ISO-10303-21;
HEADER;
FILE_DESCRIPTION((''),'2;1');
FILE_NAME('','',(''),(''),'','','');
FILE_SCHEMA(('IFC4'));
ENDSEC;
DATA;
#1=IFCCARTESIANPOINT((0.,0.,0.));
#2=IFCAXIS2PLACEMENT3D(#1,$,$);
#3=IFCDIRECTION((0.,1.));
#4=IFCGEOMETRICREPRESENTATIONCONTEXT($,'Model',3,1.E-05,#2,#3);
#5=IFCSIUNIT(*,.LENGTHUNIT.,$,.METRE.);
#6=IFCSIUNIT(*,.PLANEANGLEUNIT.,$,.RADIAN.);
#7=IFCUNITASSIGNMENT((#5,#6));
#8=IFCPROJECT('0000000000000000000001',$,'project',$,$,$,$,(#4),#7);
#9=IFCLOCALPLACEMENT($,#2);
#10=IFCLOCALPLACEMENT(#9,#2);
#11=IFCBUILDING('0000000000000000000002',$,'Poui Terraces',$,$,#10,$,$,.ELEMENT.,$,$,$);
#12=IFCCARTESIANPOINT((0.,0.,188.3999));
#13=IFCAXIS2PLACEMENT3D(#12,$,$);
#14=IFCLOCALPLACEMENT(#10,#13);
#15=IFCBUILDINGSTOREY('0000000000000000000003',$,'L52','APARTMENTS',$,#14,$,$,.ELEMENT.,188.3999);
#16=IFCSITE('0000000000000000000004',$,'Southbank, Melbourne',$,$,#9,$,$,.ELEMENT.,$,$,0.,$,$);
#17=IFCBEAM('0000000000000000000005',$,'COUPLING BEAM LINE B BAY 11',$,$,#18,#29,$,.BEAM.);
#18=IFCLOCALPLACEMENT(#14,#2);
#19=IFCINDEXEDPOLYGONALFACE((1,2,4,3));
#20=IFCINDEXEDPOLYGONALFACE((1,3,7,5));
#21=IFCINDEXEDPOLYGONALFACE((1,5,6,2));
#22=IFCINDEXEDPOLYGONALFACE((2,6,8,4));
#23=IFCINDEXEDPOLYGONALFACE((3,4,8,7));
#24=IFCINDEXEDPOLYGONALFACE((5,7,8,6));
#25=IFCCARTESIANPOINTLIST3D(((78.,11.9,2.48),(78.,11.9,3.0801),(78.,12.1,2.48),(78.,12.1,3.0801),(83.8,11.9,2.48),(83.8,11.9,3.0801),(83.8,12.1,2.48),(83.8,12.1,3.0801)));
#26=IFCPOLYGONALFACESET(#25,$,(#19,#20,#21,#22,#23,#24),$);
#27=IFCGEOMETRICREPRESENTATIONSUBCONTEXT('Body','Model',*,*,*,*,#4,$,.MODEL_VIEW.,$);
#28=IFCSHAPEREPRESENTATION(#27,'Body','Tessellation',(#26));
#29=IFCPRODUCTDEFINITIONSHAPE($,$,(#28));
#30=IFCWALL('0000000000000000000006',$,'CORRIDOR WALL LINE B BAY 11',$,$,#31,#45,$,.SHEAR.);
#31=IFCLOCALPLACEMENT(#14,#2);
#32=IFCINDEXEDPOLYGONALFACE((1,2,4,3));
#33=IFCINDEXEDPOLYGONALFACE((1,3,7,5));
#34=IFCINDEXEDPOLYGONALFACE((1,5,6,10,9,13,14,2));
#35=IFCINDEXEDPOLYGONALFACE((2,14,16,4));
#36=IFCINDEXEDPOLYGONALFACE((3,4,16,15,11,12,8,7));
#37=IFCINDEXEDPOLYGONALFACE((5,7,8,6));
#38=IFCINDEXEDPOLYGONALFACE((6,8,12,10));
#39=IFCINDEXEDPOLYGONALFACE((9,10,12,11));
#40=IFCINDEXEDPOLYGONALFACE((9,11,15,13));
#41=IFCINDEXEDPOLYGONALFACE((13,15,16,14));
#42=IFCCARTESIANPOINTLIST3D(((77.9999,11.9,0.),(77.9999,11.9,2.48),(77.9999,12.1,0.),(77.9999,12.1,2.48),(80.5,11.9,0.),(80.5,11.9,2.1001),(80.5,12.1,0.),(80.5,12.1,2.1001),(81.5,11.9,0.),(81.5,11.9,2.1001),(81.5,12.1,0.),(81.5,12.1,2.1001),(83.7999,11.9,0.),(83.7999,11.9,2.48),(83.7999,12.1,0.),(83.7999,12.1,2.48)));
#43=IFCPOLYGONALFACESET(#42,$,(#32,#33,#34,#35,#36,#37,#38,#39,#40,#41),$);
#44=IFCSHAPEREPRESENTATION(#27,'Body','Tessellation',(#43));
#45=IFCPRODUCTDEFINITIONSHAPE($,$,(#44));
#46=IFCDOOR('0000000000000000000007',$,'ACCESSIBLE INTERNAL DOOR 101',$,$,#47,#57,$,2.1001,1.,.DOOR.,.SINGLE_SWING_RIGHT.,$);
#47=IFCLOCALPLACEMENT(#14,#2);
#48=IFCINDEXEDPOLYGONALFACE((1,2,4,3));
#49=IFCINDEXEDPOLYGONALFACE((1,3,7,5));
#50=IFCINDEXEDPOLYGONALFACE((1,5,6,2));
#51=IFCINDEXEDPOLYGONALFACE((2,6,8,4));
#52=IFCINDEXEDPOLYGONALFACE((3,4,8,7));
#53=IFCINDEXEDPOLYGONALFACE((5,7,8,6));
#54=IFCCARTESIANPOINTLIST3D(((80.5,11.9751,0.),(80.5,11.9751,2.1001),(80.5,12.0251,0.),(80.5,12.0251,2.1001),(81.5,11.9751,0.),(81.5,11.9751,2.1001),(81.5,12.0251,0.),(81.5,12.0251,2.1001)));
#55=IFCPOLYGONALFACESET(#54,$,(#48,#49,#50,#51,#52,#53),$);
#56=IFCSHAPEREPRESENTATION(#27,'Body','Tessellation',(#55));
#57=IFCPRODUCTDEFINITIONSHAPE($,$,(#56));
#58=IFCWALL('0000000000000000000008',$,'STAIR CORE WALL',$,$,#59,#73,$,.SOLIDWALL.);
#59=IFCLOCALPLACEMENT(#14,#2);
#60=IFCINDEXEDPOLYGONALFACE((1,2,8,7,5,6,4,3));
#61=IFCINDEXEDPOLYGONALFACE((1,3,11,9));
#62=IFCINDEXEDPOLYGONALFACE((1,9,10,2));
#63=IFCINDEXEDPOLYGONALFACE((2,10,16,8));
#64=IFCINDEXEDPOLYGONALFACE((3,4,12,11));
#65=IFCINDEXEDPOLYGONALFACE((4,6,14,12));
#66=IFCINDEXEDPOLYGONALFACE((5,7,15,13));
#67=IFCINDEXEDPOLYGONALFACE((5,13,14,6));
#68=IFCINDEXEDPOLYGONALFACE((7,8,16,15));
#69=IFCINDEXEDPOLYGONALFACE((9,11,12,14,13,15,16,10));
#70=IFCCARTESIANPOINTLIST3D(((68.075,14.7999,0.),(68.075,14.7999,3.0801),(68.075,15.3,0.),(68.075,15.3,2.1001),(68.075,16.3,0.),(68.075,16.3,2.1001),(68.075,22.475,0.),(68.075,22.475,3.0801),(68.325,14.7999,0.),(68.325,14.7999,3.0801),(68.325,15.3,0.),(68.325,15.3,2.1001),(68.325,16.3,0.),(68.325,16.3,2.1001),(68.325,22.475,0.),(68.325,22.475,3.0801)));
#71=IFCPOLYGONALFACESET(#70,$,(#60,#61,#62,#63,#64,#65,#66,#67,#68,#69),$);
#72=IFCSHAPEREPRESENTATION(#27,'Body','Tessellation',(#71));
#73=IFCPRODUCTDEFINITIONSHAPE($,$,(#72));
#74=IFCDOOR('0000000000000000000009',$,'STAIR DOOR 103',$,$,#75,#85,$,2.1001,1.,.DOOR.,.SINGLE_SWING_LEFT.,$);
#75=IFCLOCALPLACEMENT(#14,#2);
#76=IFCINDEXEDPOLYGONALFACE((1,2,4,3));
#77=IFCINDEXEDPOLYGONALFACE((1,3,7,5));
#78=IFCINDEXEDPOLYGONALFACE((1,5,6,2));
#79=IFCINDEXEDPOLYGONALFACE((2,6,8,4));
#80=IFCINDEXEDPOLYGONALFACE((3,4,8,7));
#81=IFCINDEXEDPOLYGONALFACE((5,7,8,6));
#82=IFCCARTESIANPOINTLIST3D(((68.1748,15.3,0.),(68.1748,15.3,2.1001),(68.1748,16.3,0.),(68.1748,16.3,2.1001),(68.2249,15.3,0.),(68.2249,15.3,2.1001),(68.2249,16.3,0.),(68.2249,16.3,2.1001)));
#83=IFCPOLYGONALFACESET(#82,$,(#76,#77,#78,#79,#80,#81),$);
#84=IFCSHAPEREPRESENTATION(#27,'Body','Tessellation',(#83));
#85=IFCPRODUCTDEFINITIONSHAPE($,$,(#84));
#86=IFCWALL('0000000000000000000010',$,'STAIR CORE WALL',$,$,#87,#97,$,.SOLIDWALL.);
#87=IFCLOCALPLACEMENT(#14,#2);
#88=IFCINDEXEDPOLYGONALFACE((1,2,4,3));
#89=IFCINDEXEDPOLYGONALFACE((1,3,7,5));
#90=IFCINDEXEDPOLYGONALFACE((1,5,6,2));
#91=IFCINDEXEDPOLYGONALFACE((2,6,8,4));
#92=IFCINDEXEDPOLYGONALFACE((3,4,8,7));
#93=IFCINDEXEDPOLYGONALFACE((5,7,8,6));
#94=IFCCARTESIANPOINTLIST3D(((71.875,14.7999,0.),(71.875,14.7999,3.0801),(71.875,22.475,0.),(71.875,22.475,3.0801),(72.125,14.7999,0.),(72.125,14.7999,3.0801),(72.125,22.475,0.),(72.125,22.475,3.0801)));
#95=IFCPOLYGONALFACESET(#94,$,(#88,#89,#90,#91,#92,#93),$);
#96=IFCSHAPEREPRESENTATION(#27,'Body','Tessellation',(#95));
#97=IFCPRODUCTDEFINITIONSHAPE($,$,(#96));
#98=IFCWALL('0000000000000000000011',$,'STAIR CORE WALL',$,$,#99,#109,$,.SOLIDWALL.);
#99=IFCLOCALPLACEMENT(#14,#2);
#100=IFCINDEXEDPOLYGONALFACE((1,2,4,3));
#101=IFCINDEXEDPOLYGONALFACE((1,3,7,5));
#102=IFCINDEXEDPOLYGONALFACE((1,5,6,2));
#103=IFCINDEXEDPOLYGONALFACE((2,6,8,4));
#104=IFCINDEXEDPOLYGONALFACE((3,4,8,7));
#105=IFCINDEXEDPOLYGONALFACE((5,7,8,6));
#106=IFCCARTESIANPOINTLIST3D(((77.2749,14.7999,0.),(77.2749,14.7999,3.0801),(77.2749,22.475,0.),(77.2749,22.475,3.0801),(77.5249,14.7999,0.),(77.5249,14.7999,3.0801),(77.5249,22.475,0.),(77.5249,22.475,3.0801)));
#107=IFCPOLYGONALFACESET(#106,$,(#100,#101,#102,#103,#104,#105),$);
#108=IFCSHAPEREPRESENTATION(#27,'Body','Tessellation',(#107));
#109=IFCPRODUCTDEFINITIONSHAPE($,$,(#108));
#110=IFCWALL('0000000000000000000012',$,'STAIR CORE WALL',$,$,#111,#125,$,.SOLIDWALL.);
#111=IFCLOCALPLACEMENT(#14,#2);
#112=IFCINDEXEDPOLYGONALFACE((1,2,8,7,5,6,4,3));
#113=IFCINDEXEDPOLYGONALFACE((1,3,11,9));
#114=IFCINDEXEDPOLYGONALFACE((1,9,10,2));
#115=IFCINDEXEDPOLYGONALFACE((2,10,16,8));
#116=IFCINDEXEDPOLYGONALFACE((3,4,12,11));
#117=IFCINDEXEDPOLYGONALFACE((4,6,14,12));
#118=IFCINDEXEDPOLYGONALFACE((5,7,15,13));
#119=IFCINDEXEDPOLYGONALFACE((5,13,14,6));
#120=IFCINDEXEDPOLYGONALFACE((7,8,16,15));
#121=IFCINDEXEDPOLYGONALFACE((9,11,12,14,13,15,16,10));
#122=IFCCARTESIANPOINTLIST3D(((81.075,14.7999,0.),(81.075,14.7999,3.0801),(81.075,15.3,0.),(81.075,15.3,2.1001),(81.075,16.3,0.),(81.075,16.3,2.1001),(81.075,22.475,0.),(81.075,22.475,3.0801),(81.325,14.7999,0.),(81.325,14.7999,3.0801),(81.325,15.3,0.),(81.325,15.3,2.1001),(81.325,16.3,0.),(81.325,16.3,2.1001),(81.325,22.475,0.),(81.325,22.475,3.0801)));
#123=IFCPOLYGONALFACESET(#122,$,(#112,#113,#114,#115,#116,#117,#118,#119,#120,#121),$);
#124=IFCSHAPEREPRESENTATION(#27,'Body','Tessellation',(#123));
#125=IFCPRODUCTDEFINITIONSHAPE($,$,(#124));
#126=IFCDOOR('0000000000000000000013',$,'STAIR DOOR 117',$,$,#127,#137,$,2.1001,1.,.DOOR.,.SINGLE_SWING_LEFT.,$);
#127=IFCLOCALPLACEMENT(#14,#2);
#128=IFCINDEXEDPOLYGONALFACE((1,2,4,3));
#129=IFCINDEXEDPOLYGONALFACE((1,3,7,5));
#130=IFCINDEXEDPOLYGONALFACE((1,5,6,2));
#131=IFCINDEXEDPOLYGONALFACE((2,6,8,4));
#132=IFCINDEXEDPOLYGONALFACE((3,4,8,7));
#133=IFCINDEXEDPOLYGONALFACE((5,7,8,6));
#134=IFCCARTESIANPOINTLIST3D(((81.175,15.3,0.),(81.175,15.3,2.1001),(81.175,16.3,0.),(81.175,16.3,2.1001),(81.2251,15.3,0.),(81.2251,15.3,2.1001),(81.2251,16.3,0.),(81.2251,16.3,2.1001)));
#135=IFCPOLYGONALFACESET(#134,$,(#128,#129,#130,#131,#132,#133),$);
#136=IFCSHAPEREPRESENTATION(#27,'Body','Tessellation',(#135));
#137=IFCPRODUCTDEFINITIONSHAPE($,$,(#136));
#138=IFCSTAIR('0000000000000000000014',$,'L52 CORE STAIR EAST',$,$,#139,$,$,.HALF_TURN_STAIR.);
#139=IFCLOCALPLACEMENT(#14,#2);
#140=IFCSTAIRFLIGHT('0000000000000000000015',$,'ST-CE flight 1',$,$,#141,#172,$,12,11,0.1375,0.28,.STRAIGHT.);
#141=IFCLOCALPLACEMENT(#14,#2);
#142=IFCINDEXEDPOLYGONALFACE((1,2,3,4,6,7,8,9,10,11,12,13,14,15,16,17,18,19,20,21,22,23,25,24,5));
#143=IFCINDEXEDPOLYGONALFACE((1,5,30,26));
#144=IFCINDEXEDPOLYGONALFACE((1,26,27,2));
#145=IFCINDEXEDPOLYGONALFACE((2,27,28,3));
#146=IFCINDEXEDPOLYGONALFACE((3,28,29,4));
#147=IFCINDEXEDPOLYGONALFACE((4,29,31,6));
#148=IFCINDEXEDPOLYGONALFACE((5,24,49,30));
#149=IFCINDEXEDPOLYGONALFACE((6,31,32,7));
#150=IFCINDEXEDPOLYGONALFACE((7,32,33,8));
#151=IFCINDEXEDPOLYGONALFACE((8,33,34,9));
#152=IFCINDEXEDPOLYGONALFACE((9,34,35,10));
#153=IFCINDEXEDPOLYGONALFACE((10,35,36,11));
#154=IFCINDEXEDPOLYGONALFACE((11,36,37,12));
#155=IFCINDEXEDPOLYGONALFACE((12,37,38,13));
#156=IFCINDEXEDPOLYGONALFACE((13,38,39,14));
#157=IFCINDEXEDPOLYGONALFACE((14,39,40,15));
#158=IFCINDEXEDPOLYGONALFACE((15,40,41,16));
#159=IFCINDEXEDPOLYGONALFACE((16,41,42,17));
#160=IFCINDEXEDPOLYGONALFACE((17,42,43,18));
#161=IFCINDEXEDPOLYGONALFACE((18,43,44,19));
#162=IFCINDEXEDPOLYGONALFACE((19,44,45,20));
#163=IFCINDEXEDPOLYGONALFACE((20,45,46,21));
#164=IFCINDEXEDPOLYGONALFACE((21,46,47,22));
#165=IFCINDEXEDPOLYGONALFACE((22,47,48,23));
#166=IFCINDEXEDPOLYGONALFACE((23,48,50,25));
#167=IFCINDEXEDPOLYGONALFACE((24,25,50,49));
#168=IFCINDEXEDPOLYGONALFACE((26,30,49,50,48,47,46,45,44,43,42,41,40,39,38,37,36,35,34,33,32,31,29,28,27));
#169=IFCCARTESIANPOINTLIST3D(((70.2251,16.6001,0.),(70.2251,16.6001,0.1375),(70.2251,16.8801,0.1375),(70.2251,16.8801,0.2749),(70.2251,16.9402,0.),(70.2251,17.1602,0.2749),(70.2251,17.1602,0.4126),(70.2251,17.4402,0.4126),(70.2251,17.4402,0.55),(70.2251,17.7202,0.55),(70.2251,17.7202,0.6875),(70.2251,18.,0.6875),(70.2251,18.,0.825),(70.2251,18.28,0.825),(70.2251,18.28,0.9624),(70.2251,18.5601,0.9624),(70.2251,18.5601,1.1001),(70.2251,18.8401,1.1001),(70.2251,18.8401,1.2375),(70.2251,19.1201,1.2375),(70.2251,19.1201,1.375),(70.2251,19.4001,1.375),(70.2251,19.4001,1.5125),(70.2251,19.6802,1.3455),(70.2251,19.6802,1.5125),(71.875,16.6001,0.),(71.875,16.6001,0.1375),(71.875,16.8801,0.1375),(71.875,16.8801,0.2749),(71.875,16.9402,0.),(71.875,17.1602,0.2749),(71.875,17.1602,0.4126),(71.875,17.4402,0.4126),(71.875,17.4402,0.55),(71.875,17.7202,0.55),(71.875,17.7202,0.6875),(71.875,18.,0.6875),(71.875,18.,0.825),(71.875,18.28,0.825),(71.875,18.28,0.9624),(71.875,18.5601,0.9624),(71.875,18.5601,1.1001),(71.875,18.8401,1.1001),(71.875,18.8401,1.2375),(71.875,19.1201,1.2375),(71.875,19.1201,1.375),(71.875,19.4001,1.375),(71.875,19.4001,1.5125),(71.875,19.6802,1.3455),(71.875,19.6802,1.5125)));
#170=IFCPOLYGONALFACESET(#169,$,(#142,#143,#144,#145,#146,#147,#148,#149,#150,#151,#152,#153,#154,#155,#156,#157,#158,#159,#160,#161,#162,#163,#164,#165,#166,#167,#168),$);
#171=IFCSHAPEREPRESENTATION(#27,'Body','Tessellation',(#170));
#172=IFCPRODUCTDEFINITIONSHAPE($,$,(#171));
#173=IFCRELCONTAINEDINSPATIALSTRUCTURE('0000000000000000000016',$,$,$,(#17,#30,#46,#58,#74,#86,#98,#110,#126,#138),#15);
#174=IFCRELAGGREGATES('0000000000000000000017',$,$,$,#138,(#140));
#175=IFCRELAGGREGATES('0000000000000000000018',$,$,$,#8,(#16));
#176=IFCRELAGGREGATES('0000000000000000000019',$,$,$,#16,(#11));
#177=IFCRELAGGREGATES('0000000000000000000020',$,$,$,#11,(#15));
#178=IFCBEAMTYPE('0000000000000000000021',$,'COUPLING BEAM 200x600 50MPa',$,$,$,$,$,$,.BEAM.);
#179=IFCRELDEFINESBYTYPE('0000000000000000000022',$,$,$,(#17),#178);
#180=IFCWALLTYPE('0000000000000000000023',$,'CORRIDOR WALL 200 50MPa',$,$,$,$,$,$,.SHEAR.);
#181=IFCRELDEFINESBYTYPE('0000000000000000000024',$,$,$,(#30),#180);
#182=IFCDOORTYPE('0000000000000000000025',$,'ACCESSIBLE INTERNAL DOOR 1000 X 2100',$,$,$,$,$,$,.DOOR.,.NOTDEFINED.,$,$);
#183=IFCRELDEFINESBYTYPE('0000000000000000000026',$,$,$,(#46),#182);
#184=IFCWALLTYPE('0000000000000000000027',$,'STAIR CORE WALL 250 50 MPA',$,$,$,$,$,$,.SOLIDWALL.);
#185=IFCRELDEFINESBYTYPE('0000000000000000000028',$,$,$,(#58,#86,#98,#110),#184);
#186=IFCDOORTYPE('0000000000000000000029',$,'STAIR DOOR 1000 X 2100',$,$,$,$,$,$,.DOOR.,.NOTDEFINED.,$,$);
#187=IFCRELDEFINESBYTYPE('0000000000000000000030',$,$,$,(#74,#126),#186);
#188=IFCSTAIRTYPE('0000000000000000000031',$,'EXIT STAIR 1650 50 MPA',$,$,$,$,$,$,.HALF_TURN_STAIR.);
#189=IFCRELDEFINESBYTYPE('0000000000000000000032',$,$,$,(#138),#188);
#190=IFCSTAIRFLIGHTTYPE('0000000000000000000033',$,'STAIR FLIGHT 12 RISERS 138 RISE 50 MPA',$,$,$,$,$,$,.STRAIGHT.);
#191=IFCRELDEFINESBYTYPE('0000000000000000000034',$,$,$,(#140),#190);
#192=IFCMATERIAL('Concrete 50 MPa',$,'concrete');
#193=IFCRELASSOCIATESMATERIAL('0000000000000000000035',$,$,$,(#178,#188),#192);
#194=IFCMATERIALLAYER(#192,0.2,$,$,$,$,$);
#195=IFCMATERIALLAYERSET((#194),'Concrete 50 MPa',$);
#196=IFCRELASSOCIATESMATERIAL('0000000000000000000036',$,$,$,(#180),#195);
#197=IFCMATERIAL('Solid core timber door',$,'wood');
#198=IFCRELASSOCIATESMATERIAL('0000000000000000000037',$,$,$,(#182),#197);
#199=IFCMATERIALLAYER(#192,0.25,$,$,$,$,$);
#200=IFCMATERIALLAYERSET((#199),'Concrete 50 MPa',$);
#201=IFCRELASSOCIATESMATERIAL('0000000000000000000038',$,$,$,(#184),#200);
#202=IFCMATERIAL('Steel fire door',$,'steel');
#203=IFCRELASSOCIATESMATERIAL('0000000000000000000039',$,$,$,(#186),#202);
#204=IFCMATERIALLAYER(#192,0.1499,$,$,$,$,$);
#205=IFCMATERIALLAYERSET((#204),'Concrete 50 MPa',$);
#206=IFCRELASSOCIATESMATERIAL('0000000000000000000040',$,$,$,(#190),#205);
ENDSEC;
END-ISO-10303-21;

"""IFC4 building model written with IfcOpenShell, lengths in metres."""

from ifc_helpers import new_model, si_unit, direction, frame, frame_2d, origin, origin_2d, place, context, subcontext, project, spatial, polyline, rectangle, outline, extrude, source, transform, mapped, material, layer, layer_set, material_profile, profile_set, type_object, element, fill, aggregate, save


model = new_model("IFC4")

# Units and contexts
model_context = context("Model", 3, precision=1e-05, world=origin(), true_north=direction((0.0, 1.0)))
body_context = subcontext(model_context, "Body", "Model", "MODEL_VIEW")
ifc_project = project(units=[si_unit("LENGTHUNIT", "METRE"), si_unit("PLANEANGLEUNIT", "RADIAN")], contexts=[model_context])

# Site, building, storey
site_placement = place(None, origin())
site = spatial("IfcSite", under=ifc_project, at=site_placement, Name="Southbank, Melbourne", CompositionType="ELEMENT", RefElevation=0.0)
building_placement = place(site_placement, origin())
building = spatial("IfcBuilding", under=site, at=building_placement, Name="Poui Terraces", CompositionType="ELEMENT")
storey_placement = place(building_placement, frame((0.0, 0.0, 188.3999)))
storey = spatial("IfcBuildingStorey", under=building, at=storey_placement, Name="L52", Description="APARTMENTS", CompositionType="ELEMENT", Elevation=188.3999)

# Beam
ifc_material_1 = material(Name="Concrete 50 MPa", Category="concrete")
ifc_material_profile = material_profile(ifc_material_1, rectangle(XDim=0.2, YDim=0.6001, at=origin_2d()), Name="RC 200x600")
ifc_profile_set = profile_set([ifc_material_profile], Name="Concrete 50 MPa")
beam_type = type_object("IfcBeamType", Name="COUPLING BEAM 200x600 50MPa", PredefinedType="BEAM", material=ifc_profile_set)
shared_shape = source(origin(), body_context, "Body", "SweptSolid", [
    extrude(rectangle(XDim=0.2, YDim=0.6001, at=origin_2d()), origin(), (0.0, 0.0, 1.0), 5.8),
])
beam_placement = place(storey_placement, frame((78.0, 12.0, 2.78), z_axis=(1.0, 0.0, 0.0), x_axis=(0.0, 1.0, 0.0)))
element("IfcBeam", 1, at=beam_placement, inside=storey, type_object=beam_type, Name="COUPLING BEAM LINE B BAY 11", PredefinedType="BEAM", context=body_context, shape_type="MappedRepresentation", body=[
    mapped(shared_shape, transform((0.0, 0.0, 0.0))),
])

# Walls, openings, doors
ifc_layer_1 = layer(ifc_material_1, 0.2)
ifc_layer_set_1 = layer_set([ifc_layer_1], Name="Concrete 50 MPa")
wall_type_1 = type_object("IfcWallType", Name="CORRIDOR WALL 200 50MPa", PredefinedType="SHEAR", material=ifc_layer_set_1)
wall_1_placement = place(storey_placement, frame((78.0, 12.0, 0.0), z_axis=(0.0, 0.0, 1.0), x_axis=(1.0, 0.0, 0.0)))
wall_1 = element("IfcWall", 2, at=wall_1_placement, inside=storey, type_object=wall_type_1, Name="CORRIDOR WALL LINE B BAY 11", PredefinedType="SHEAR", context=body_context, shape_type="SweptSolid", body=[
    extrude(rectangle(XDim=5.8, YDim=0.2, at=frame_2d((2.8999, 0.0))), origin(), (0.0, 0.0, 1.0), 2.48),
])
opening_1_placement = place(wall_1_placement, frame((2.5, 0.0, 0.0)))
opening_1 = element("IfcOpeningElement", 3, at=opening_1_placement, cuts=wall_1, PredefinedType="OPENING", context=body_context, shape_type="SweptSolid", body=[
    extrude(rectangle(XDim=1.0, YDim=2.1001, at=frame_2d((0.5, 1.05))), frame((0.0, 0.1099, 0.0), z_axis=(0.0, -1.0, 0.0), x_axis=(1.0, 0.0, 0.0)), (0.0, 0.0, 1.0), 0.22),
])
ifc_material_2 = material(Name="Solid core timber door", Category="wood")
door_type_1 = type_object("IfcDoorType", Name="ACCESSIBLE INTERNAL DOOR 1000 X 2100", OperationType="NOTDEFINED", PredefinedType="DOOR", material=ifc_material_2)
door_1_placement = place(opening_1_placement, frame((1.0, 0.0, 0.0), z_axis=(0.0, 0.0, 1.0), x_axis=(-1.0, 0.0, 0.0)))
door_1 = element("IfcDoor", 4, at=door_1_placement, inside=storey, type_object=door_type_1, Name="ACCESSIBLE INTERNAL DOOR 101", OperationType="SINGLE_SWING_RIGHT", OverallHeight=2.1001, OverallWidth=1.0, PredefinedType="DOOR", context=body_context, shape_type="SweptSolid", body=[
    extrude(rectangle(XDim=1.0, YDim=2.1001, at=frame_2d((0.5, 1.05))), frame((0.0, 0.0249, 0.0), z_axis=(0.0, -1.0, 0.0), x_axis=(1.0, 0.0, 0.0)), (0.0, 0.0, 1.0), 0.05),
])
fill(opening_1, door_1)
ifc_layer_2 = layer(ifc_material_1, 0.25)
ifc_layer_set_2 = layer_set([ifc_layer_2], Name="Concrete 50 MPa")
wall_type_2 = type_object("IfcWallType", Name="STAIR CORE WALL 250 50 MPA", PredefinedType="SOLIDWALL", material=ifc_layer_set_2)
wall_2_placement = place(storey_placement, frame((68.2, 14.8, 0.0), z_axis=(0.0, 0.0, 1.0), x_axis=(0.0, 1.0, 0.0)))
wall_2 = element("IfcWall", 5, at=wall_2_placement, inside=storey, type_object=wall_type_2, Name="STAIR CORE WALL", PredefinedType="SOLIDWALL", context=body_context, shape_type="SweptSolid", body=[
    extrude(rectangle(XDim=7.675, YDim=0.25, at=frame_2d((3.8374, 0.0))), origin(), (0.0, 0.0, 1.0), 3.0801),
])
opening_2_placement = place(wall_2_placement, frame((0.5, 0.0, 0.0)))
opening_2 = element("IfcOpeningElement", 6, at=opening_2_placement, cuts=wall_2, PredefinedType="OPENING", context=body_context, shape_type="SweptSolid", body=[
    extrude(rectangle(XDim=1.0, YDim=2.1001, at=frame_2d((0.5, 1.05))), frame((0.0, 0.135, 0.0), z_axis=(0.0, -1.0, 0.0), x_axis=(1.0, 0.0, 0.0)), (0.0, 0.0, 1.0), 0.27),
])
ifc_material_3 = material(Name="Steel fire door", Category="steel")
door_type_2 = type_object("IfcDoorType", Name="STAIR DOOR 1000 X 2100", OperationType="NOTDEFINED", PredefinedType="DOOR", material=ifc_material_3)
door_2_placement = place(opening_2_placement, frame((1.0, 0.0, 0.0), z_axis=(0.0, 0.0, 1.0), x_axis=(-1.0, 0.0, 0.0)))
door_2 = element("IfcDoor", 7, at=door_2_placement, inside=storey, type_object=door_type_2, Name="STAIR DOOR 103", OperationType="SINGLE_SWING_LEFT", OverallHeight=2.1001, OverallWidth=1.0, PredefinedType="DOOR", context=body_context, shape_type="SweptSolid", body=[
    extrude(rectangle(XDim=1.0, YDim=2.1001, at=frame_2d((0.5, 1.05))), frame((0.0, 0.0249, 0.0), z_axis=(0.0, -1.0, 0.0), x_axis=(1.0, 0.0, 0.0)), (0.0, 0.0, 1.0), 0.05),
])
fill(opening_2, door_2)

# Walls
for number, where, z_axis, x_axis, name in (
    (8, (72.0, 14.8, 0.0), (0.0, 0.0, 1.0), (0.0, 1.0, 0.0), "STAIR CORE WALL"),
    (9, (77.3999, 14.8, 0.0), (0.0, 0.0, 1.0), (0.0, 1.0, 0.0), "STAIR CORE WALL"),
):
    element("IfcWall", number, at=place(storey_placement, frame(where, z_axis=z_axis, x_axis=x_axis)), inside=storey, type_object=wall_type_2, Name=name, PredefinedType="SOLIDWALL", context=body_context, shape_type="SweptSolid", body=[
        extrude(rectangle(XDim=7.675, YDim=0.25, at=frame_2d((3.8374, 0.0))), origin(), (0.0, 0.0, 1.0), 3.0801),
    ])

# Wall, opening, door
wall_3_placement = place(storey_placement, frame((81.2, 14.8, 0.0), z_axis=(0.0, 0.0, 1.0), x_axis=(0.0, 1.0, 0.0)))
wall_3 = element("IfcWall", 10, at=wall_3_placement, inside=storey, type_object=wall_type_2, Name="STAIR CORE WALL", PredefinedType="SOLIDWALL", context=body_context, shape_type="SweptSolid", body=[
    extrude(rectangle(XDim=7.675, YDim=0.25, at=frame_2d((3.8374, 0.0))), origin(), (0.0, 0.0, 1.0), 3.0801),
])
opening_3_placement = place(wall_3_placement, frame((0.5, 0.0, 0.0)))
opening_3 = element("IfcOpeningElement", 11, at=opening_3_placement, cuts=wall_3, PredefinedType="OPENING", context=body_context, shape_type="SweptSolid", body=[
    extrude(rectangle(XDim=1.0, YDim=2.1001, at=frame_2d((0.5, 1.05))), frame((0.0, 0.135, 0.0), z_axis=(0.0, -1.0, 0.0), x_axis=(1.0, 0.0, 0.0)), (0.0, 0.0, 1.0), 0.27),
])
door_3_placement = place(opening_3_placement, origin())
door_3 = element("IfcDoor", 12, at=door_3_placement, inside=storey, type_object=door_type_2, Name="STAIR DOOR 117", OperationType="SINGLE_SWING_LEFT", OverallHeight=2.1001, OverallWidth=1.0, PredefinedType="DOOR", context=body_context, shape_type="SweptSolid", body=[
    extrude(rectangle(XDim=1.0, YDim=2.1001, at=frame_2d((0.5, 1.05))), frame((0.0, 0.0249, 0.0), z_axis=(0.0, -1.0, 0.0), x_axis=(1.0, 0.0, 0.0)), (0.0, 0.0, 1.0), 0.05),
])
fill(opening_3, door_3)

# Stair, stair flight
stair_type = type_object("IfcStairType", Name="EXIT STAIR 1650 50 MPA", PredefinedType="HALF_TURN_STAIR", material=ifc_material_1)
stair_1_placement = place(storey_placement, origin())
stair_1 = element("IfcStair", 13, at=stair_1_placement, inside=storey, type_object=stair_type, Name="L52 CORE STAIR EAST", PredefinedType="HALF_TURN_STAIR")
ifc_layer_3 = layer(ifc_material_1, 0.1499)
ifc_layer_set_3 = layer_set([ifc_layer_3], Name="Concrete 50 MPa")
stair_flight_type = type_object("IfcStairFlightType", Name="STAIR FLIGHT 12 RISERS 138 RISE 50 MPA", PredefinedType="STRAIGHT", material=ifc_layer_set_3)
stair_flight_1_placement = place(storey_placement, frame((71.05, 16.6001, 0.0), z_axis=(0.0, 0.0, 1.0), x_axis=(0.0, 1.0, 0.0)))
stair_flight_1 = element("IfcStairFlight", 14, at=stair_flight_1_placement, type_object=stair_flight_type, Name="ST-CE flight 1", NumberOfRisers=12, NumberOfTreads=11, PredefinedType="STRAIGHT", RiserHeight=0.1375, TreadLength=0.28, context=body_context, shape_type="SweptSolid", body=[
    extrude(outline(polyline([(0.0, 0.0), (0.0, 0.1375), (0.28, 0.1375), (0.28, 0.2749), (0.5601, 0.2749), (0.5601, 0.4126), (0.8401, 0.4126), (0.8401, 0.55), (1.1201, 0.55), (1.1201, 0.6875), (1.3999, 0.6875), (1.3999, 0.825), (1.6799, 0.825), (1.6799, 0.9624), (1.96, 0.9624), (1.96, 1.1001), (2.24, 1.1001), (2.24, 1.2375), (2.52, 1.2375), (2.52, 1.375), (2.8, 1.375), (2.8, 1.5125), (3.0801, 1.5125), (3.0801, 1.6499), (3.0801, 1.3455), (0.3401, 0.0), (0.0, 0.0)])), frame((0.0, 0.825, 0.0), z_axis=(0.0, -1.0, 0.0), x_axis=(1.0, 0.0, 0.0)), (0.0, 0.0, 1.0), 1.6499),
])
aggregate(stair_1, [stair_flight_1])

save(model, "model.ifc")
